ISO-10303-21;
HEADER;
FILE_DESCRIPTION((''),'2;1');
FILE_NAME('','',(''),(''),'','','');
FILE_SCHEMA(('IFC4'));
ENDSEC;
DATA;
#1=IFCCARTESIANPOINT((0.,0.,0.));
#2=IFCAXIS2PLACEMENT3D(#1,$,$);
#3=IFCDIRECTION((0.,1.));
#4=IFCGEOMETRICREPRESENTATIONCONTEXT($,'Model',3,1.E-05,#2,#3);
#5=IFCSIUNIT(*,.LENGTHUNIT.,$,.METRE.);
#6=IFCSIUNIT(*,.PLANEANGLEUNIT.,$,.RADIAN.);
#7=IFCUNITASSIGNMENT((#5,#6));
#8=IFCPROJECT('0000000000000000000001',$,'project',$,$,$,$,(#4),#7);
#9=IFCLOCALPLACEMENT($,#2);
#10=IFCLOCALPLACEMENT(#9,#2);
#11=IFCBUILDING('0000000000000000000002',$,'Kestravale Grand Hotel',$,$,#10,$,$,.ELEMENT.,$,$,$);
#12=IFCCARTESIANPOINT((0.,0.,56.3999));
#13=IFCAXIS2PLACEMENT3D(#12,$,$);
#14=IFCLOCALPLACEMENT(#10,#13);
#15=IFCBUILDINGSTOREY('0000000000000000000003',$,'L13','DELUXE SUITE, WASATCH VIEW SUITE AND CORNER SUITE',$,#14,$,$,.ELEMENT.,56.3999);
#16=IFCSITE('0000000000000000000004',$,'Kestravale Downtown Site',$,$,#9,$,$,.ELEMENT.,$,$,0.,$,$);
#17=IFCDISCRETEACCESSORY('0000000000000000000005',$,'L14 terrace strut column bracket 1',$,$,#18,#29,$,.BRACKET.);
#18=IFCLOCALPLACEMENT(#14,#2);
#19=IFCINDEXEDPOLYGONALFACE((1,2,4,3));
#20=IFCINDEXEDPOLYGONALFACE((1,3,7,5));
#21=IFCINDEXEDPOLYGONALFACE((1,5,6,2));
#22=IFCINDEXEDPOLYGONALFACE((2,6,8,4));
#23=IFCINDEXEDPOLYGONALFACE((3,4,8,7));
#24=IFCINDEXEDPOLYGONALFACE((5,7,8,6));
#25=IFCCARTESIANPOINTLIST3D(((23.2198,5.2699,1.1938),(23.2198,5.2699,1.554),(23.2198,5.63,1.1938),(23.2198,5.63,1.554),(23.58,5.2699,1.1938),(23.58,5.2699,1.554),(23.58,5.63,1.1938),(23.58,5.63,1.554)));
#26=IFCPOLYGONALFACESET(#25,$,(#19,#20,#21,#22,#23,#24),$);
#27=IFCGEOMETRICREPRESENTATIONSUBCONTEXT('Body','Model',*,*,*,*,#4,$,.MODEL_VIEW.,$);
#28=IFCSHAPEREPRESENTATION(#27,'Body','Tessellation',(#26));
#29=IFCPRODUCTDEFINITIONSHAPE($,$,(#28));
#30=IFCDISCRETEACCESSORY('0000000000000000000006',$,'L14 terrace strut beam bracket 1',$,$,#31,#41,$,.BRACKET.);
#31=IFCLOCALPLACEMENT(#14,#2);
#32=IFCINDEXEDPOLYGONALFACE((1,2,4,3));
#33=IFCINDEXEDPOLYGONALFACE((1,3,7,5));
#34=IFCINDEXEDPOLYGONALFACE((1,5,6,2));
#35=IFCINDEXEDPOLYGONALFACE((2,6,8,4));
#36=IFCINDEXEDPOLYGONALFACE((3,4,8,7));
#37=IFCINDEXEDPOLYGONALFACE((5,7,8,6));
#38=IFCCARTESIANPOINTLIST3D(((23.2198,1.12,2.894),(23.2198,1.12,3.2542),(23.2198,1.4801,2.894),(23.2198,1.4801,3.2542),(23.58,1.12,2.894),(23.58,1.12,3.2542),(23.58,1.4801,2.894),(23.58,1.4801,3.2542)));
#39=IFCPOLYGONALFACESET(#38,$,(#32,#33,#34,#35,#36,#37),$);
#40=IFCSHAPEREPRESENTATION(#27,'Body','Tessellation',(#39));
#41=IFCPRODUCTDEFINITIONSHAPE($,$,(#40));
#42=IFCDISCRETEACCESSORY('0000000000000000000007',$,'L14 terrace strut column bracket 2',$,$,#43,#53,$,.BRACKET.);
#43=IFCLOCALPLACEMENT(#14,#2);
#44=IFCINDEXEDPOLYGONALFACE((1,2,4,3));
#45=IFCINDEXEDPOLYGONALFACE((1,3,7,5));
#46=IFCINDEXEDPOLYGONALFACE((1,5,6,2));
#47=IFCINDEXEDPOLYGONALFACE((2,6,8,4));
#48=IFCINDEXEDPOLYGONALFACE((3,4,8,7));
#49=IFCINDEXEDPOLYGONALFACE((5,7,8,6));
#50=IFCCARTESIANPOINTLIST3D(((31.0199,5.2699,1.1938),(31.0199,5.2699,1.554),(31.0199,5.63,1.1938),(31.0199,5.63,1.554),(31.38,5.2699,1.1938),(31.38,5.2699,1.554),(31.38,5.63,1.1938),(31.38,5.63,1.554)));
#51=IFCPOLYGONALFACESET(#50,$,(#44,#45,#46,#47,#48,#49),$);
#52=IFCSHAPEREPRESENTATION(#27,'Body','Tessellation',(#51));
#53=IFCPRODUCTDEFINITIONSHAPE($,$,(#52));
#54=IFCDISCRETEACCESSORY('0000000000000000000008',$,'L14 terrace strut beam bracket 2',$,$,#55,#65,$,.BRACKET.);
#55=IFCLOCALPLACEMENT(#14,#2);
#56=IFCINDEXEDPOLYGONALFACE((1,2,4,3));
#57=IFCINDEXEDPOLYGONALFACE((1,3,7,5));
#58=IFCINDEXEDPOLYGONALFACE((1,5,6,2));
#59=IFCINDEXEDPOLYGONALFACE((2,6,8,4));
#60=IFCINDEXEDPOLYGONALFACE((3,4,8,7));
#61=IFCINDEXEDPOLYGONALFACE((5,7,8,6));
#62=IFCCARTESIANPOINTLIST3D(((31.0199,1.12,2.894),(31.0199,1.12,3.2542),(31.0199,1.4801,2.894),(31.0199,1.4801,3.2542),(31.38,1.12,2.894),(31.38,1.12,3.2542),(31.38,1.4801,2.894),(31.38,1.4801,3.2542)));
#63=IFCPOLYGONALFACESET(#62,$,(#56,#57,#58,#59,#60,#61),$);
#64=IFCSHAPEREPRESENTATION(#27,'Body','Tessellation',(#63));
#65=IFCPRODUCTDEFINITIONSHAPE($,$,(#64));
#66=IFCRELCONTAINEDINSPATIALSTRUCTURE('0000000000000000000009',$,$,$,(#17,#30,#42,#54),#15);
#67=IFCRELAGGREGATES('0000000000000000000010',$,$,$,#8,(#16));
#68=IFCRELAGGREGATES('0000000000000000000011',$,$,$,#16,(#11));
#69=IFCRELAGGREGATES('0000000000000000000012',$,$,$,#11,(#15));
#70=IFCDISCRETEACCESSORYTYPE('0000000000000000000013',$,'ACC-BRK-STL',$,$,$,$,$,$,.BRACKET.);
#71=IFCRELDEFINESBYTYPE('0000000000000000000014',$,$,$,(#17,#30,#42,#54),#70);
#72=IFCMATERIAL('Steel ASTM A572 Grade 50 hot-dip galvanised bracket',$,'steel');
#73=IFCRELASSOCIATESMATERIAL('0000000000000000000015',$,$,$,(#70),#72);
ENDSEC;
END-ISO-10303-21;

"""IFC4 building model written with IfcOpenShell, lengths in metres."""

from ifc_helpers import new_model, si_unit, direction, frame, origin, origin_2d, place, context, subcontext, project, spatial, rectangle, extrude, material, type_object, element, save


model = new_model("IFC4")

# Units and contexts
model_context = context("Model", 3, precision=1e-05, world=origin(), true_north=direction((0.0, 1.0)))
body_context = subcontext(model_context, "Body", "Model", "MODEL_VIEW")
ifc_project = project(units=[si_unit("LENGTHUNIT", "METRE"), si_unit("PLANEANGLEUNIT", "RADIAN")], contexts=[model_context])

# Site, building, storey
site_placement = place(None, origin())
site = spatial("IfcSite", under=ifc_project, at=site_placement, Name="Kestravale Downtown Site", CompositionType="ELEMENT", RefElevation=0.0)
building_placement = place(site_placement, origin())
building = spatial("IfcBuilding", under=site, at=building_placement, Name="Kestravale Grand Hotel", CompositionType="ELEMENT")
storey_placement = place(building_placement, frame((0.0, 0.0, 56.3999)))
storey = spatial("IfcBuildingStorey", under=building, at=storey_placement, Name="L13", Description="DELUXE SUITE, WASATCH VIEW SUITE AND CORNER SUITE", CompositionType="ELEMENT", Elevation=56.3999)

# Discrete accessories
ifc_material_1 = material(Name="Steel ASTM A572 Grade 50 hot-dip galvanised bracket", Category="steel")
discrete_accessory_type = type_object("IfcDiscreteAccessoryType", Name="ACC-BRK-STL", PredefinedType="BRACKET", material=ifc_material_1)
for number, where, z_axis, x_axis, name in (
    (1, (23.3999, 5.45, 1.1938), (0.0, 0.0, 1.0), (1.0, 0.0, 0.0), "L14 terrace strut column bracket 1"),
    (2, (23.3999, 1.3, 2.894), (0.0, 0.0, 1.0), (1.0, 0.0, 0.0), "L14 terrace strut beam bracket 1"),
    (3, (31.2, 5.45, 1.1938), (0.0, 0.0, 1.0), (1.0, 0.0, 0.0), "L14 terrace strut column bracket 2"),
    (4, (31.2, 1.3, 2.894), (0.0, 0.0, 1.0), (1.0, 0.0, 0.0), "L14 terrace strut beam bracket 2"),
):
    element("IfcDiscreteAccessory", number, at=place(storey_placement, frame(where, z_axis=z_axis, x_axis=x_axis)), inside=storey, type_object=discrete_accessory_type, Name=name, PredefinedType="BRACKET", context=body_context, shape_type="SweptSolid", body=[
        extrude(rectangle(XDim=0.3601, YDim=0.3601, at=origin_2d()), origin(), (0.0, 0.0, 1.0), 0.3601),
    ])

save(model, "model.ifc")
